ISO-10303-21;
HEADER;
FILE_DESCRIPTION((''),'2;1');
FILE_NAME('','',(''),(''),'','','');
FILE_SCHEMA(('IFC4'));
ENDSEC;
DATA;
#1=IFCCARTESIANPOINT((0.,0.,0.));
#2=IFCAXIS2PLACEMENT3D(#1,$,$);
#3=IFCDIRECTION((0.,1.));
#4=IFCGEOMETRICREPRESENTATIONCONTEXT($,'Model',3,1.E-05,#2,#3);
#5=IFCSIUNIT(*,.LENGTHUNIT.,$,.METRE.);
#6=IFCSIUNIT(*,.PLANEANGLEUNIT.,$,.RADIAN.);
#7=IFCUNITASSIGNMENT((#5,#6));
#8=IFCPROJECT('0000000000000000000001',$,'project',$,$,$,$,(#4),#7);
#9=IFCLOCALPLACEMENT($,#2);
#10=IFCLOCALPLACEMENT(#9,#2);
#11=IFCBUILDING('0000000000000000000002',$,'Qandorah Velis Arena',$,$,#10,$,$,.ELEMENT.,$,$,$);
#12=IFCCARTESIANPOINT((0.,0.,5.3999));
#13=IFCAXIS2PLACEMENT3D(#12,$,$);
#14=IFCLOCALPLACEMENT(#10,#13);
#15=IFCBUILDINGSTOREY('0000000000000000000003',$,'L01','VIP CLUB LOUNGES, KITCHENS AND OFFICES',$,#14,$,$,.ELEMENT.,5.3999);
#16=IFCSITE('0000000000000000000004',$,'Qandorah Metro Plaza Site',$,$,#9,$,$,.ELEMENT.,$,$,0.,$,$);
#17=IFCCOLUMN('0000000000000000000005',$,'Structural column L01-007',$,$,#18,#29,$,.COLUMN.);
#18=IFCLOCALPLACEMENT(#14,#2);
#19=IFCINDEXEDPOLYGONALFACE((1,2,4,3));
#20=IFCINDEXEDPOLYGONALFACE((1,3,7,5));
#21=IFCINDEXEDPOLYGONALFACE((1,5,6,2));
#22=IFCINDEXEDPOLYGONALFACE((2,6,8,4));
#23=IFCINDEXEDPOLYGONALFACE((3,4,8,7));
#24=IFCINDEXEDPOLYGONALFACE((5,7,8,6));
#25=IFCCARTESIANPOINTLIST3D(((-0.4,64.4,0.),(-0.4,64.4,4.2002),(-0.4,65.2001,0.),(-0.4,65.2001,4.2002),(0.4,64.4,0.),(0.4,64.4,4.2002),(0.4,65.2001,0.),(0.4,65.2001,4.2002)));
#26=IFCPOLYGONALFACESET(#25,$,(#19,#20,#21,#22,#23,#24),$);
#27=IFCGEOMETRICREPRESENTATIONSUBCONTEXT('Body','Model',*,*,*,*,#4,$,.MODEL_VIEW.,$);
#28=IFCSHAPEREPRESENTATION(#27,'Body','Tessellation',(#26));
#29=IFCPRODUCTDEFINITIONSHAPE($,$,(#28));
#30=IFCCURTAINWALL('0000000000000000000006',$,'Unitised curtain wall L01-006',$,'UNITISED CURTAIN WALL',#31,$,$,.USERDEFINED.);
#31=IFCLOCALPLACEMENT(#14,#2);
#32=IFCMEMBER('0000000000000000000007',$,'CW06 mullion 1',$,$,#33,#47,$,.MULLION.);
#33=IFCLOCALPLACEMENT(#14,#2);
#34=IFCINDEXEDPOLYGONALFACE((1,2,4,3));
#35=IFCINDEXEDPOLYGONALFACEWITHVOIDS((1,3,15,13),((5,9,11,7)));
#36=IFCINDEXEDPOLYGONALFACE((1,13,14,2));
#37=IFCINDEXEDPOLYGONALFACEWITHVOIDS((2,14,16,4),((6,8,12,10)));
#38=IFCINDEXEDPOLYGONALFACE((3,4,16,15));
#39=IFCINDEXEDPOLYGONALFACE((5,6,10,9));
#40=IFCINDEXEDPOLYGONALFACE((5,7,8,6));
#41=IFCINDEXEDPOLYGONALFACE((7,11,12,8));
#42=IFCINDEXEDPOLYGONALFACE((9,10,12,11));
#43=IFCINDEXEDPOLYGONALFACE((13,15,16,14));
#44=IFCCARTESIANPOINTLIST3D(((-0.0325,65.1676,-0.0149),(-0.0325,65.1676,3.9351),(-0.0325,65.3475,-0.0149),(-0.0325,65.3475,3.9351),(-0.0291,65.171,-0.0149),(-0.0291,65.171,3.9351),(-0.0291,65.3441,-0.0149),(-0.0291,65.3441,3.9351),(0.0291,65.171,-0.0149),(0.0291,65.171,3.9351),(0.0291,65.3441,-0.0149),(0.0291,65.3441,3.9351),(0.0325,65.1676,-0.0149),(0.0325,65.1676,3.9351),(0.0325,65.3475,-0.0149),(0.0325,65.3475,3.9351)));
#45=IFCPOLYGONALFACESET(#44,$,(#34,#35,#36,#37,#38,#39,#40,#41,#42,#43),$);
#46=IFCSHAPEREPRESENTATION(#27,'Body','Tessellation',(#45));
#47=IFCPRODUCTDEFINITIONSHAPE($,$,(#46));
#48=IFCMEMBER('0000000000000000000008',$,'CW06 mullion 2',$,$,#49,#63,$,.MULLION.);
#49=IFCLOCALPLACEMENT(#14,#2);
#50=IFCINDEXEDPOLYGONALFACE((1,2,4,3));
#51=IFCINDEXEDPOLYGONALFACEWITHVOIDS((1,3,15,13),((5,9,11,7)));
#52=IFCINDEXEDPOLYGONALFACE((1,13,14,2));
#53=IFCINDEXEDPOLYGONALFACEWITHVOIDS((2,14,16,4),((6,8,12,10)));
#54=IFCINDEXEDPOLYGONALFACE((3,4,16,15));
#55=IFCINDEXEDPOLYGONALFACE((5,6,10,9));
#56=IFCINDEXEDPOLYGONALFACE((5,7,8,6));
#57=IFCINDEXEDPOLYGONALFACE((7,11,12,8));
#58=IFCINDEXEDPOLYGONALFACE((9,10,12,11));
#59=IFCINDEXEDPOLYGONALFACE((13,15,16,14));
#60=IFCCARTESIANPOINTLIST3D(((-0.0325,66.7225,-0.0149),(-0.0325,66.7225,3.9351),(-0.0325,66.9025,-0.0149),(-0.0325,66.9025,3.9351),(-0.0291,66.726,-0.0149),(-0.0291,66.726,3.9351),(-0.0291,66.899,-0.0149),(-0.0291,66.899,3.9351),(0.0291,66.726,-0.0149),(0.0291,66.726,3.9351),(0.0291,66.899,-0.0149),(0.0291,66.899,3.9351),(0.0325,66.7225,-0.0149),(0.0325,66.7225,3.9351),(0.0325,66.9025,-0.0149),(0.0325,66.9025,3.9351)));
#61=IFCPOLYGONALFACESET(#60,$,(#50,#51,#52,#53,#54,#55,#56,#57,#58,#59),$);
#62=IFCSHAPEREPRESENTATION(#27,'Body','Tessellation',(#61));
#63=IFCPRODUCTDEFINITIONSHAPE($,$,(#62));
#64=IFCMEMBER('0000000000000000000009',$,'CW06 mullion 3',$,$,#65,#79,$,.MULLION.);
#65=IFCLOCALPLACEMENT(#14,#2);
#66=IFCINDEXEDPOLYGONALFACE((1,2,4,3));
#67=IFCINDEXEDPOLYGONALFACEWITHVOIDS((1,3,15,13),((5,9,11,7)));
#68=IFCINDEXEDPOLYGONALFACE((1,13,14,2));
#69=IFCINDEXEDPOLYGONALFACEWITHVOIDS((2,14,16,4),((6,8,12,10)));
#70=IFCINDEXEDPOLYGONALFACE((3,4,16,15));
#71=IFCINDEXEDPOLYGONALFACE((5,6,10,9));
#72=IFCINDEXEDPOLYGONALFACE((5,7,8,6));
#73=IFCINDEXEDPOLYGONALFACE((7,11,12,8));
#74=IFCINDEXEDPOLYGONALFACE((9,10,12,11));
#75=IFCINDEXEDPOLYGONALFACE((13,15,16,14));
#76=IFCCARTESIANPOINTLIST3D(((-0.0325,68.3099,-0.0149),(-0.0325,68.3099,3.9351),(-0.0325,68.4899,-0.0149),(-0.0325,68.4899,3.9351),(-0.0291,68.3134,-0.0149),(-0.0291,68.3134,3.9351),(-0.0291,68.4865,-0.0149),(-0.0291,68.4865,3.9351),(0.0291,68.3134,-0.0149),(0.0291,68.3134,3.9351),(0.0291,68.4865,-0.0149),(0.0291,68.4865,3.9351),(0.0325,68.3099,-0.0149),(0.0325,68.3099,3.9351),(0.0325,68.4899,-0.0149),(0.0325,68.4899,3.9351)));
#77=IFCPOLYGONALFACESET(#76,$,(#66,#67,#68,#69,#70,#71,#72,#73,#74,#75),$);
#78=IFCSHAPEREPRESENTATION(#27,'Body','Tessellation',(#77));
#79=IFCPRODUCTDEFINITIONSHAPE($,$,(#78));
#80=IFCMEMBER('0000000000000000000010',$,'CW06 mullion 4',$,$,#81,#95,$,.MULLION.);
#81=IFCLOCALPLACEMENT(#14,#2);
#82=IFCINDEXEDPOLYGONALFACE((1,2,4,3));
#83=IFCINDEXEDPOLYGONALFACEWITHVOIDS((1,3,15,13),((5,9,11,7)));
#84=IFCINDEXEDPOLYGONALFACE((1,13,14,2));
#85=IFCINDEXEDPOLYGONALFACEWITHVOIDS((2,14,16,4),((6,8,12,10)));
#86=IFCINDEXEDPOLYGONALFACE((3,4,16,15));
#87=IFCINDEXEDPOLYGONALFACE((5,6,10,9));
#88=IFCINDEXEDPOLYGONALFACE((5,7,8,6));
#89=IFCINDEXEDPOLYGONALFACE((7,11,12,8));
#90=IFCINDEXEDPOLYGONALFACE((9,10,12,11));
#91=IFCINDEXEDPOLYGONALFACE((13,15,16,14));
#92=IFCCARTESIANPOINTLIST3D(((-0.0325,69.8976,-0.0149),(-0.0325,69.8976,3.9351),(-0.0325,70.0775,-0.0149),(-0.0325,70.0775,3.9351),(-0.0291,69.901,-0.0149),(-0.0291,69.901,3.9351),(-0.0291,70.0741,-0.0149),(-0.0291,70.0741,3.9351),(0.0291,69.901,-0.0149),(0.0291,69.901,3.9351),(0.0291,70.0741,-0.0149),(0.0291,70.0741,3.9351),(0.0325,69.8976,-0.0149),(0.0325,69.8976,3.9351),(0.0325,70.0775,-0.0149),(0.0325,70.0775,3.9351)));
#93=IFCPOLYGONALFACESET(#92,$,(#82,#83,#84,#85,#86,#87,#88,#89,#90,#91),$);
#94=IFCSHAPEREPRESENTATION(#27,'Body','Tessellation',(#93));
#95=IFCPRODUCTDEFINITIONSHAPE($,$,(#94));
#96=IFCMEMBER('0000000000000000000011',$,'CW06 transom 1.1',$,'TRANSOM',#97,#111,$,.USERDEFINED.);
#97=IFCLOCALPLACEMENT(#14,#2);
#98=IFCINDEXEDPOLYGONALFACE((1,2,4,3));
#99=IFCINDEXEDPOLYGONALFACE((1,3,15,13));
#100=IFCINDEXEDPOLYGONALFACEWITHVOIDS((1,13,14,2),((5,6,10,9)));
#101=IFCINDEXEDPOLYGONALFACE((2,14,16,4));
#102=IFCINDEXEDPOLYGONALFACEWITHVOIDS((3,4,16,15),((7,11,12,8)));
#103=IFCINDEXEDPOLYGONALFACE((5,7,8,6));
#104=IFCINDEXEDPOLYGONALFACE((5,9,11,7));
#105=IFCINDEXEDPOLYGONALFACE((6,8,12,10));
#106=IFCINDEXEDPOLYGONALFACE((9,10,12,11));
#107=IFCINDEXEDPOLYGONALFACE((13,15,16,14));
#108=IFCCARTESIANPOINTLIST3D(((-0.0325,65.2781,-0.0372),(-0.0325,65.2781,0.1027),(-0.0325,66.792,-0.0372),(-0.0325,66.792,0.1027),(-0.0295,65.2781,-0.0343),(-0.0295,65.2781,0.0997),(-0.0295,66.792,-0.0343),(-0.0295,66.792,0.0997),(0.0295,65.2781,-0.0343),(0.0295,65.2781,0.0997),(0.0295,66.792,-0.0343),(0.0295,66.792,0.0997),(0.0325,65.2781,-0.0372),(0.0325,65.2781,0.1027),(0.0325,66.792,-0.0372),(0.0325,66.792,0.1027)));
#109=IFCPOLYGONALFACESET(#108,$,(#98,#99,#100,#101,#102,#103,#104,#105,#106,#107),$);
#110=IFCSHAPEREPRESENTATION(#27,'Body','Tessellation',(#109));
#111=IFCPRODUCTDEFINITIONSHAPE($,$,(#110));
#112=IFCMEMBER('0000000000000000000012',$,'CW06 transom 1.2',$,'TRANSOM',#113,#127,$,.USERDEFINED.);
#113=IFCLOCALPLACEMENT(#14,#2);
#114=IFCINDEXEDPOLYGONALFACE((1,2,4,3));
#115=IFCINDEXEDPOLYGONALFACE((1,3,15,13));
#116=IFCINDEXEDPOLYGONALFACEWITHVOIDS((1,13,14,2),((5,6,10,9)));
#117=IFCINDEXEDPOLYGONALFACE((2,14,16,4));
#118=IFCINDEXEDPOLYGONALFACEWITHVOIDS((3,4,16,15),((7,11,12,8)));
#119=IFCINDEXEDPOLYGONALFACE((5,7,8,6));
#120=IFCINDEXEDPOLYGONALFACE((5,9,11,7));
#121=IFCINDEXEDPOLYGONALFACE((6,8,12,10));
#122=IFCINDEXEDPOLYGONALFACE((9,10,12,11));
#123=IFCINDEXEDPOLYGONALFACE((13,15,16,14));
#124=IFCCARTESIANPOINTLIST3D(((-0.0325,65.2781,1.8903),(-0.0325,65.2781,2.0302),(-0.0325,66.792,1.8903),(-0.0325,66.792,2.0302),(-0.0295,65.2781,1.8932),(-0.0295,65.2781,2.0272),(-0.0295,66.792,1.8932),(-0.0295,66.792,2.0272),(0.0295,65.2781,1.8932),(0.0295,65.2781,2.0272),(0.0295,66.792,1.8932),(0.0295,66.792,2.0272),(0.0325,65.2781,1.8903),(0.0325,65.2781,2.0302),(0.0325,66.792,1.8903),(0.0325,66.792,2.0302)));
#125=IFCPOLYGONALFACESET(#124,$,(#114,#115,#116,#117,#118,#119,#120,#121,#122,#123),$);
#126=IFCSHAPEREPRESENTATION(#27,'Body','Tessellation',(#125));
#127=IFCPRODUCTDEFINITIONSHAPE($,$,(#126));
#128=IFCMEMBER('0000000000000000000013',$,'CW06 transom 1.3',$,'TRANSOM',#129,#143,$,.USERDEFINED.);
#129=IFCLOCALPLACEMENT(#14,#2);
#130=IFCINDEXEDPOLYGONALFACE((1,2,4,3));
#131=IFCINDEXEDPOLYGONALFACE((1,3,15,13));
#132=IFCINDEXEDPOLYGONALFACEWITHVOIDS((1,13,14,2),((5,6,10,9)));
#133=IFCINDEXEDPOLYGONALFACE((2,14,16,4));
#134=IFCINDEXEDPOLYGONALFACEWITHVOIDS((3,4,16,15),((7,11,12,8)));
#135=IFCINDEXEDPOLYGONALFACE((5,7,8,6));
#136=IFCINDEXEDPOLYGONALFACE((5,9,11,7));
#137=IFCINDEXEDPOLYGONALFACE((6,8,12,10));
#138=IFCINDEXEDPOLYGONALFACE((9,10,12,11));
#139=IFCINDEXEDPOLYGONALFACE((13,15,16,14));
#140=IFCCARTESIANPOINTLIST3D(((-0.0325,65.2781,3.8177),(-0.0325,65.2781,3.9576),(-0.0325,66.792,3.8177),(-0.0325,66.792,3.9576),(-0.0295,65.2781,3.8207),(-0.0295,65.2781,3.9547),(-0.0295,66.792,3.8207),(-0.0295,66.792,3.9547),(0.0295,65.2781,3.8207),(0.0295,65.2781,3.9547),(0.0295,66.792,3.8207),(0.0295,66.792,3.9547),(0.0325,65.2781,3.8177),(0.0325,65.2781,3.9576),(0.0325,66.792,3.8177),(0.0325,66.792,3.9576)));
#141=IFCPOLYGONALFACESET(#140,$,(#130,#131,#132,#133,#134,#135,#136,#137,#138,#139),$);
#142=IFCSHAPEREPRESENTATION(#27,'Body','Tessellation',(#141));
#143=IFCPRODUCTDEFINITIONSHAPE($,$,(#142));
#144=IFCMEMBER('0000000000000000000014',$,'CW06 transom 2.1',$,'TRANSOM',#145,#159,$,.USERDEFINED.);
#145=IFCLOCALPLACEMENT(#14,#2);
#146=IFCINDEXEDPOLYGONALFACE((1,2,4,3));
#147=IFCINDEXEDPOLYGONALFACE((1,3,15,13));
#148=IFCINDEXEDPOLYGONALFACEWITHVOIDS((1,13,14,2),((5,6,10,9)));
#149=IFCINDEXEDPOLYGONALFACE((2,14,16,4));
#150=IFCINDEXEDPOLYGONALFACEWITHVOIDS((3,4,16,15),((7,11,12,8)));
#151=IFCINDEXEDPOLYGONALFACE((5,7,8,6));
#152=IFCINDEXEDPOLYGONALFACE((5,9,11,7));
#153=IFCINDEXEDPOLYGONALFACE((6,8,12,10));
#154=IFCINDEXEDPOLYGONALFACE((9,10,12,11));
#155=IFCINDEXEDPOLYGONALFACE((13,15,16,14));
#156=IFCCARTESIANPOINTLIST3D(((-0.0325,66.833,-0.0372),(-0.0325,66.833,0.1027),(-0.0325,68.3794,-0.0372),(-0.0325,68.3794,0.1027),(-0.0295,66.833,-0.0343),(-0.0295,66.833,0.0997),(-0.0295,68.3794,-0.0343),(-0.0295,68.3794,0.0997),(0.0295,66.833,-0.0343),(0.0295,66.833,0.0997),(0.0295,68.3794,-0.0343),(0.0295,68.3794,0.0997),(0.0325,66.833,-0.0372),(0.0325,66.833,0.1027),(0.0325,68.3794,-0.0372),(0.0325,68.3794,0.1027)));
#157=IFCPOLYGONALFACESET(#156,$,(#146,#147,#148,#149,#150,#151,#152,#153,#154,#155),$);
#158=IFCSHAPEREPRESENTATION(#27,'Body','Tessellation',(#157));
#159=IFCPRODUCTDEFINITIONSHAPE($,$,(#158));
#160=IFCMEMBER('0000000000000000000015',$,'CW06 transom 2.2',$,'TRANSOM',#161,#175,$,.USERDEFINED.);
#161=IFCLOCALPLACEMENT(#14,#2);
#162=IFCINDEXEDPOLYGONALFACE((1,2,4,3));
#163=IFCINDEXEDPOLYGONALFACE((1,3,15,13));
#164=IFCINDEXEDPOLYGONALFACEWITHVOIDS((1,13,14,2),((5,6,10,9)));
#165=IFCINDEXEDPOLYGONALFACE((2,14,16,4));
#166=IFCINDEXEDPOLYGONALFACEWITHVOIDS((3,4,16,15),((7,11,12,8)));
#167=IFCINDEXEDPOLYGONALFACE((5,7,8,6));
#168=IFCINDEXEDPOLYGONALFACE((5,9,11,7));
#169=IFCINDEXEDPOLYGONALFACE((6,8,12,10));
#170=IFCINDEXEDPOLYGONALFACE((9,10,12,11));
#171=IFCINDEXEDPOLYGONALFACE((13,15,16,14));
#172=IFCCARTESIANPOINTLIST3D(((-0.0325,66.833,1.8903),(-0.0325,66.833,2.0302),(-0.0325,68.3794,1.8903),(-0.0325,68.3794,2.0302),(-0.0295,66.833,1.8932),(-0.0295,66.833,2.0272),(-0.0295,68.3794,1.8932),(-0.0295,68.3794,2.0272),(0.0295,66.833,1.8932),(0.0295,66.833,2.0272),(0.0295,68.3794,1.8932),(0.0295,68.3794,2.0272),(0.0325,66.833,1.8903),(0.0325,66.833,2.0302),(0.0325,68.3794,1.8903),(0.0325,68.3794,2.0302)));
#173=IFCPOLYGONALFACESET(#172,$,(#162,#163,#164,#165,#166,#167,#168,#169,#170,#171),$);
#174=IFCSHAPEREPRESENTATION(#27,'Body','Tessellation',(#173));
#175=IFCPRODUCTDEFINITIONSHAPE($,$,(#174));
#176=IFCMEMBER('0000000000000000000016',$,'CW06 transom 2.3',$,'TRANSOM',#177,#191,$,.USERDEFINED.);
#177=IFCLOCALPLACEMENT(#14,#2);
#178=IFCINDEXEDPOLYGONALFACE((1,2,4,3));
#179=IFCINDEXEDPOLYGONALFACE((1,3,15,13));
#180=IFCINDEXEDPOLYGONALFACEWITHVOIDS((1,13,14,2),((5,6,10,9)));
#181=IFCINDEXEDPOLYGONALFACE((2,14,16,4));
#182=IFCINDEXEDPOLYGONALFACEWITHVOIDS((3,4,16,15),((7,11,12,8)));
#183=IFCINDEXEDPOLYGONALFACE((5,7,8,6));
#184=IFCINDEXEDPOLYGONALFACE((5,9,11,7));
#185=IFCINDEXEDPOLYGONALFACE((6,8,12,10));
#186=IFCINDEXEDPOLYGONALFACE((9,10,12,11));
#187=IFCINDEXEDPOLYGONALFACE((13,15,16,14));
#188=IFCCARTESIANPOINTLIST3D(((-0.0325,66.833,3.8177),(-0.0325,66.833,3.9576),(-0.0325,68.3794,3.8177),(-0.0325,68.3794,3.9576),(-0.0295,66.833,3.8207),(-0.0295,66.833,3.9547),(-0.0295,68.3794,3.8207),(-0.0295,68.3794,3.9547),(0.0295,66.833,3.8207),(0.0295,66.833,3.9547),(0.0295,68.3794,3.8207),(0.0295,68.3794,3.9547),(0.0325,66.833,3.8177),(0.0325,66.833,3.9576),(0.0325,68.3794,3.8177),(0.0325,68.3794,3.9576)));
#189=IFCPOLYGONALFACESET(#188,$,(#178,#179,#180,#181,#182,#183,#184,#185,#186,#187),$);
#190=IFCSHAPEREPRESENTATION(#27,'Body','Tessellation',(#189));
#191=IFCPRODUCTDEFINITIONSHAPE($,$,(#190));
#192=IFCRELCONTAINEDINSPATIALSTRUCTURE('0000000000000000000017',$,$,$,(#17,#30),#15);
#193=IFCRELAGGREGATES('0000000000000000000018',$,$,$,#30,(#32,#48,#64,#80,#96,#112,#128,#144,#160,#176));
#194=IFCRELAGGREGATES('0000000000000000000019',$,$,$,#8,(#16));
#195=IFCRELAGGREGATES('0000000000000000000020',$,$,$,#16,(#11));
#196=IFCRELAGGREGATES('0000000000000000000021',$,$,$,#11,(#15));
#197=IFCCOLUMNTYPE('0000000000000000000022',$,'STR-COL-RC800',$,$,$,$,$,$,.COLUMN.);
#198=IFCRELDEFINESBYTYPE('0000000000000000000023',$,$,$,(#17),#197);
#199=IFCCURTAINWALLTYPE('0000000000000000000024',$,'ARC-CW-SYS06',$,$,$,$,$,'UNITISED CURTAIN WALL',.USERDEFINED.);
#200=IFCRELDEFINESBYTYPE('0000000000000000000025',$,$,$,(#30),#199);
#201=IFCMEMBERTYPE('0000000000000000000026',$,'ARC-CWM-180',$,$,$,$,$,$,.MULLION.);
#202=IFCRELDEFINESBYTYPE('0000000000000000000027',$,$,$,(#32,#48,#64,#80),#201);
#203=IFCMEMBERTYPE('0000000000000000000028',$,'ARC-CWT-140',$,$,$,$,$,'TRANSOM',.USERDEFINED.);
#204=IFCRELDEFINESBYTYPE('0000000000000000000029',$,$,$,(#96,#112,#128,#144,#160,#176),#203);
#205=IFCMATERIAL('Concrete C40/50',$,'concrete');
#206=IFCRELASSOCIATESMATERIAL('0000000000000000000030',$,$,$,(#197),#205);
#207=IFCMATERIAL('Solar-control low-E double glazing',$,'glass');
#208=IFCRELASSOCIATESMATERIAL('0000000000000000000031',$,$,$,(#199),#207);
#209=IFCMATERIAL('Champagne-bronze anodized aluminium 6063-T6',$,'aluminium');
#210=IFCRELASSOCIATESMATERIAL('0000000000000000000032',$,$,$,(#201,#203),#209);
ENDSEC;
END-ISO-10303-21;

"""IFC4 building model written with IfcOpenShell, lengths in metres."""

from ifc_helpers import new_model, si_unit, direction, frame, origin, origin_2d, place, context, subcontext, project, spatial, rectangle, hollow_rectangle, extrude, material, material_profile, profile_set, type_object, element, aggregate, save


model = new_model("IFC4")

# Units and contexts
model_context = context("Model", 3, precision=1e-05, world=origin(), true_north=direction((0.0, 1.0)))
body_context = subcontext(model_context, "Body", "Model", "MODEL_VIEW")
ifc_project = project(units=[si_unit("LENGTHUNIT", "METRE"), si_unit("PLANEANGLEUNIT", "RADIAN")], contexts=[model_context])

# Site, building, storey
site_placement = place(None, origin())
site = spatial("IfcSite", under=ifc_project, at=site_placement, Name="Qandorah Metro Plaza Site", CompositionType="ELEMENT", RefElevation=0.0)
building_placement = place(site_placement, origin())
building = spatial("IfcBuilding", under=site, at=building_placement, Name="Qandorah Velis Arena", CompositionType="ELEMENT")
storey_placement = place(building_placement, frame((0.0, 0.0, 5.3999)))
storey = spatial("IfcBuildingStorey", under=building, at=storey_placement, Name="L01", Description="VIP CLUB LOUNGES, KITCHENS AND OFFICES", CompositionType="ELEMENT", Elevation=5.3999)

# Column
ifc_material_1 = material(Name="Concrete C40/50", Category="concrete")
ifc_material_profile_1 = material_profile(ifc_material_1, rectangle(XDim=0.8, YDim=0.8, at=origin_2d()), Name="RC COL 800x800")
ifc_profile_set_1 = profile_set([ifc_material_profile_1], Name="Concrete C40/50")
column_type = type_object("IfcColumnType", Name="STR-COL-RC800", PredefinedType="COLUMN", material=ifc_profile_set_1)
column_placement = place(storey_placement, frame((0.0, 64.8, 0.0), z_axis=(0.0, 0.0, 1.0), x_axis=(1.0, 0.0, 0.0)))
element("IfcColumn", 1, at=column_placement, inside=storey, type_object=column_type, Name="Structural column L01-007", PredefinedType="COLUMN", context=body_context, shape_type="SweptSolid", body=[
    extrude(rectangle(XDim=0.8, YDim=0.8, at=origin_2d()), origin(), (0.0, 0.0, 1.0), 4.2002),
])

# Curtain wall, members
ifc_material_2 = material(Name="Solar-control low-E double glazing", Category="glass")
curtain_wall_type = type_object("IfcCurtainWallType", Name="ARC-CW-SYS06", ElementType="UNITISED CURTAIN WALL", PredefinedType="USERDEFINED", material=ifc_material_2)
curtain_wall_placement = place(storey_placement, origin())
curtain_wall = element("IfcCurtainWall", 2, at=curtain_wall_placement, inside=storey, type_object=curtain_wall_type, Name="Unitised curtain wall L01-006", ObjectType="UNITISED CURTAIN WALL", PredefinedType="USERDEFINED")
ifc_material_3 = material(Name="Champagne-bronze anodized aluminium 6063-T6", Category="aluminium")
ifc_material_profile_2 = material_profile(ifc_material_3, hollow_rectangle(XDim=0.0649, YDim=0.1799, WallThickness=0.0034, at=origin_2d()), Name="ALU MULLION 65x180")
ifc_profile_set_2 = profile_set([ifc_material_profile_2], Name="Champagne-bronze anodized aluminium 6063-T6")
member_type_1 = type_object("IfcMemberType", Name="ARC-CWM-180", PredefinedType="MULLION", material=ifc_profile_set_2)
member_1_placement = place(storey_placement, frame((0.0, 65.2576, -0.0149), z_axis=(0.0, 0.0, 1.0), x_axis=(-1.0, 0.0, 0.0)))
member_1 = element("IfcMember", 3, at=member_1_placement, type_object=member_type_1, Name="CW06 mullion 1", PredefinedType="MULLION", context=body_context, shape_type="SweptSolid", body=[
    extrude(hollow_rectangle(XDim=0.0649, YDim=0.1799, WallThickness=0.0034, at=origin_2d()), origin(), (0.0, 0.0, 1.0), 3.95),
])
member_2_placement = place(storey_placement, frame((0.0, 66.8125, -0.0149), z_axis=(0.0, 0.0, 1.0), x_axis=(-1.0, 0.0, 0.0)))
member_2 = element("IfcMember", 4, at=member_2_placement, type_object=member_type_1, Name="CW06 mullion 2", PredefinedType="MULLION", context=body_context, shape_type="SweptSolid", body=[
    extrude(hollow_rectangle(XDim=0.0649, YDim=0.1799, WallThickness=0.0034, at=origin_2d()), origin(), (0.0, 0.0, 1.0), 3.95),
])
member_3_placement = place(storey_placement, frame((0.0, 68.3999, -0.0149), z_axis=(0.0, 0.0, 1.0), x_axis=(-1.0, 0.0, 0.0)))
member_3 = element("IfcMember", 5, at=member_3_placement, type_object=member_type_1, Name="CW06 mullion 3", PredefinedType="MULLION", context=body_context, shape_type="SweptSolid", body=[
    extrude(hollow_rectangle(XDim=0.0649, YDim=0.1799, WallThickness=0.0034, at=origin_2d()), origin(), (0.0, 0.0, 1.0), 3.95),
])
member_4_placement = place(storey_placement, frame((0.0, 69.9875, -0.0149), z_axis=(0.0, 0.0, 1.0), x_axis=(-1.0, 0.0, 0.0)))
member_4 = element("IfcMember", 6, at=member_4_placement, type_object=member_type_1, Name="CW06 mullion 4", PredefinedType="MULLION", context=body_context, shape_type="SweptSolid", body=[
    extrude(hollow_rectangle(XDim=0.0649, YDim=0.1799, WallThickness=0.0034, at=origin_2d()), origin(), (0.0, 0.0, 1.0), 3.95),
])
ifc_material_profile_3 = material_profile(ifc_material_3, hollow_rectangle(XDim=0.0649, YDim=0.1399, WallThickness=0.0029, at=origin_2d()), Name="ALU TRANSOM 65x140")
ifc_profile_set_3 = profile_set([ifc_material_profile_3], Name="Champagne-bronze anodized aluminium 6063-T6")
member_type_2 = type_object("IfcMemberType", Name="ARC-CWT-140", ElementType="TRANSOM", PredefinedType="USERDEFINED", material=ifc_profile_set_3)
member_5_placement = place(storey_placement, frame((0.0, 65.2781, 0.0327), z_axis=(0.0, 1.0, 0.0), x_axis=(-1.0, 0.0, 0.0)))
member_5 = element("IfcMember", 7, at=member_5_placement, type_object=member_type_2, Name="CW06 transom 1.1", ObjectType="TRANSOM", PredefinedType="USERDEFINED", context=body_context, shape_type="SweptSolid", body=[
    extrude(hollow_rectangle(XDim=0.0649, YDim=0.1399, WallThickness=0.0029, at=origin_2d()), origin(), (0.0, 0.0, 1.0), 1.5139),
])
member_6_placement = place(storey_placement, frame((0.0, 65.2781, 1.9602), z_axis=(0.0, 1.0, 0.0), x_axis=(-1.0, 0.0, 0.0)))
member_6 = element("IfcMember", 8, at=member_6_placement, type_object=member_type_2, Name="CW06 transom 1.2", ObjectType="TRANSOM", PredefinedType="USERDEFINED", context=body_context, shape_type="SweptSolid", body=[
    extrude(hollow_rectangle(XDim=0.0649, YDim=0.1399, WallThickness=0.0029, at=origin_2d()), origin(), (0.0, 0.0, 1.0), 1.5139),
])
member_7_placement = place(storey_placement, frame((0.0, 65.2781, 3.8877), z_axis=(0.0, 1.0, 0.0), x_axis=(-1.0, 0.0, 0.0)))
member_7 = element("IfcMember", 9, at=member_7_placement, type_object=member_type_2, Name="CW06 transom 1.3", ObjectType="TRANSOM", PredefinedType="USERDEFINED", context=body_context, shape_type="SweptSolid", body=[
    extrude(hollow_rectangle(XDim=0.0649, YDim=0.1399, WallThickness=0.0029, at=origin_2d()), origin(), (0.0, 0.0, 1.0), 1.5139),
])
member_8_placement = place(storey_placement, frame((0.0, 66.833, 0.0327), z_axis=(0.0, 1.0, 0.0), x_axis=(-1.0, 0.0, 0.0)))
member_8 = element("IfcMember", 10, at=member_8_placement, type_object=member_type_2, Name="CW06 transom 2.1", ObjectType="TRANSOM", PredefinedType="USERDEFINED", context=body_context, shape_type="SweptSolid", body=[
    extrude(hollow_rectangle(XDim=0.0649, YDim=0.1399, WallThickness=0.0029, at=origin_2d()), origin(), (0.0, 0.0, 1.0), 1.5464),
])
member_9_placement = place(storey_placement, frame((0.0, 66.833, 1.9602), z_axis=(0.0, 1.0, 0.0), x_axis=(-1.0, 0.0, 0.0)))
member_9 = element("IfcMember", 11, at=member_9_placement, type_object=member_type_2, Name="CW06 transom 2.2", ObjectType="TRANSOM", PredefinedType="USERDEFINED", context=body_context, shape_type="SweptSolid", body=[
    extrude(hollow_rectangle(XDim=0.0649, YDim=0.1399, WallThickness=0.0029, at=origin_2d()), origin(), (0.0, 0.0, 1.0), 1.5464),
])
member_10_placement = place(storey_placement, frame((0.0, 66.833, 3.8877), z_axis=(0.0, 1.0, 0.0), x_axis=(-1.0, 0.0, 0.0)))
member_10 = element("IfcMember", 12, at=member_10_placement, type_object=member_type_2, Name="CW06 transom 2.3", ObjectType="TRANSOM", PredefinedType="USERDEFINED", context=body_context, shape_type="SweptSolid", body=[
    extrude(hollow_rectangle(XDim=0.0649, YDim=0.1399, WallThickness=0.0029, at=origin_2d()), origin(), (0.0, 0.0, 1.0), 1.5464),
])

aggregate(curtain_wall, [member_1, member_2, member_3, member_4, member_5, member_6, member_7, member_8, member_9, member_10])

save(model, "model.ifc")
